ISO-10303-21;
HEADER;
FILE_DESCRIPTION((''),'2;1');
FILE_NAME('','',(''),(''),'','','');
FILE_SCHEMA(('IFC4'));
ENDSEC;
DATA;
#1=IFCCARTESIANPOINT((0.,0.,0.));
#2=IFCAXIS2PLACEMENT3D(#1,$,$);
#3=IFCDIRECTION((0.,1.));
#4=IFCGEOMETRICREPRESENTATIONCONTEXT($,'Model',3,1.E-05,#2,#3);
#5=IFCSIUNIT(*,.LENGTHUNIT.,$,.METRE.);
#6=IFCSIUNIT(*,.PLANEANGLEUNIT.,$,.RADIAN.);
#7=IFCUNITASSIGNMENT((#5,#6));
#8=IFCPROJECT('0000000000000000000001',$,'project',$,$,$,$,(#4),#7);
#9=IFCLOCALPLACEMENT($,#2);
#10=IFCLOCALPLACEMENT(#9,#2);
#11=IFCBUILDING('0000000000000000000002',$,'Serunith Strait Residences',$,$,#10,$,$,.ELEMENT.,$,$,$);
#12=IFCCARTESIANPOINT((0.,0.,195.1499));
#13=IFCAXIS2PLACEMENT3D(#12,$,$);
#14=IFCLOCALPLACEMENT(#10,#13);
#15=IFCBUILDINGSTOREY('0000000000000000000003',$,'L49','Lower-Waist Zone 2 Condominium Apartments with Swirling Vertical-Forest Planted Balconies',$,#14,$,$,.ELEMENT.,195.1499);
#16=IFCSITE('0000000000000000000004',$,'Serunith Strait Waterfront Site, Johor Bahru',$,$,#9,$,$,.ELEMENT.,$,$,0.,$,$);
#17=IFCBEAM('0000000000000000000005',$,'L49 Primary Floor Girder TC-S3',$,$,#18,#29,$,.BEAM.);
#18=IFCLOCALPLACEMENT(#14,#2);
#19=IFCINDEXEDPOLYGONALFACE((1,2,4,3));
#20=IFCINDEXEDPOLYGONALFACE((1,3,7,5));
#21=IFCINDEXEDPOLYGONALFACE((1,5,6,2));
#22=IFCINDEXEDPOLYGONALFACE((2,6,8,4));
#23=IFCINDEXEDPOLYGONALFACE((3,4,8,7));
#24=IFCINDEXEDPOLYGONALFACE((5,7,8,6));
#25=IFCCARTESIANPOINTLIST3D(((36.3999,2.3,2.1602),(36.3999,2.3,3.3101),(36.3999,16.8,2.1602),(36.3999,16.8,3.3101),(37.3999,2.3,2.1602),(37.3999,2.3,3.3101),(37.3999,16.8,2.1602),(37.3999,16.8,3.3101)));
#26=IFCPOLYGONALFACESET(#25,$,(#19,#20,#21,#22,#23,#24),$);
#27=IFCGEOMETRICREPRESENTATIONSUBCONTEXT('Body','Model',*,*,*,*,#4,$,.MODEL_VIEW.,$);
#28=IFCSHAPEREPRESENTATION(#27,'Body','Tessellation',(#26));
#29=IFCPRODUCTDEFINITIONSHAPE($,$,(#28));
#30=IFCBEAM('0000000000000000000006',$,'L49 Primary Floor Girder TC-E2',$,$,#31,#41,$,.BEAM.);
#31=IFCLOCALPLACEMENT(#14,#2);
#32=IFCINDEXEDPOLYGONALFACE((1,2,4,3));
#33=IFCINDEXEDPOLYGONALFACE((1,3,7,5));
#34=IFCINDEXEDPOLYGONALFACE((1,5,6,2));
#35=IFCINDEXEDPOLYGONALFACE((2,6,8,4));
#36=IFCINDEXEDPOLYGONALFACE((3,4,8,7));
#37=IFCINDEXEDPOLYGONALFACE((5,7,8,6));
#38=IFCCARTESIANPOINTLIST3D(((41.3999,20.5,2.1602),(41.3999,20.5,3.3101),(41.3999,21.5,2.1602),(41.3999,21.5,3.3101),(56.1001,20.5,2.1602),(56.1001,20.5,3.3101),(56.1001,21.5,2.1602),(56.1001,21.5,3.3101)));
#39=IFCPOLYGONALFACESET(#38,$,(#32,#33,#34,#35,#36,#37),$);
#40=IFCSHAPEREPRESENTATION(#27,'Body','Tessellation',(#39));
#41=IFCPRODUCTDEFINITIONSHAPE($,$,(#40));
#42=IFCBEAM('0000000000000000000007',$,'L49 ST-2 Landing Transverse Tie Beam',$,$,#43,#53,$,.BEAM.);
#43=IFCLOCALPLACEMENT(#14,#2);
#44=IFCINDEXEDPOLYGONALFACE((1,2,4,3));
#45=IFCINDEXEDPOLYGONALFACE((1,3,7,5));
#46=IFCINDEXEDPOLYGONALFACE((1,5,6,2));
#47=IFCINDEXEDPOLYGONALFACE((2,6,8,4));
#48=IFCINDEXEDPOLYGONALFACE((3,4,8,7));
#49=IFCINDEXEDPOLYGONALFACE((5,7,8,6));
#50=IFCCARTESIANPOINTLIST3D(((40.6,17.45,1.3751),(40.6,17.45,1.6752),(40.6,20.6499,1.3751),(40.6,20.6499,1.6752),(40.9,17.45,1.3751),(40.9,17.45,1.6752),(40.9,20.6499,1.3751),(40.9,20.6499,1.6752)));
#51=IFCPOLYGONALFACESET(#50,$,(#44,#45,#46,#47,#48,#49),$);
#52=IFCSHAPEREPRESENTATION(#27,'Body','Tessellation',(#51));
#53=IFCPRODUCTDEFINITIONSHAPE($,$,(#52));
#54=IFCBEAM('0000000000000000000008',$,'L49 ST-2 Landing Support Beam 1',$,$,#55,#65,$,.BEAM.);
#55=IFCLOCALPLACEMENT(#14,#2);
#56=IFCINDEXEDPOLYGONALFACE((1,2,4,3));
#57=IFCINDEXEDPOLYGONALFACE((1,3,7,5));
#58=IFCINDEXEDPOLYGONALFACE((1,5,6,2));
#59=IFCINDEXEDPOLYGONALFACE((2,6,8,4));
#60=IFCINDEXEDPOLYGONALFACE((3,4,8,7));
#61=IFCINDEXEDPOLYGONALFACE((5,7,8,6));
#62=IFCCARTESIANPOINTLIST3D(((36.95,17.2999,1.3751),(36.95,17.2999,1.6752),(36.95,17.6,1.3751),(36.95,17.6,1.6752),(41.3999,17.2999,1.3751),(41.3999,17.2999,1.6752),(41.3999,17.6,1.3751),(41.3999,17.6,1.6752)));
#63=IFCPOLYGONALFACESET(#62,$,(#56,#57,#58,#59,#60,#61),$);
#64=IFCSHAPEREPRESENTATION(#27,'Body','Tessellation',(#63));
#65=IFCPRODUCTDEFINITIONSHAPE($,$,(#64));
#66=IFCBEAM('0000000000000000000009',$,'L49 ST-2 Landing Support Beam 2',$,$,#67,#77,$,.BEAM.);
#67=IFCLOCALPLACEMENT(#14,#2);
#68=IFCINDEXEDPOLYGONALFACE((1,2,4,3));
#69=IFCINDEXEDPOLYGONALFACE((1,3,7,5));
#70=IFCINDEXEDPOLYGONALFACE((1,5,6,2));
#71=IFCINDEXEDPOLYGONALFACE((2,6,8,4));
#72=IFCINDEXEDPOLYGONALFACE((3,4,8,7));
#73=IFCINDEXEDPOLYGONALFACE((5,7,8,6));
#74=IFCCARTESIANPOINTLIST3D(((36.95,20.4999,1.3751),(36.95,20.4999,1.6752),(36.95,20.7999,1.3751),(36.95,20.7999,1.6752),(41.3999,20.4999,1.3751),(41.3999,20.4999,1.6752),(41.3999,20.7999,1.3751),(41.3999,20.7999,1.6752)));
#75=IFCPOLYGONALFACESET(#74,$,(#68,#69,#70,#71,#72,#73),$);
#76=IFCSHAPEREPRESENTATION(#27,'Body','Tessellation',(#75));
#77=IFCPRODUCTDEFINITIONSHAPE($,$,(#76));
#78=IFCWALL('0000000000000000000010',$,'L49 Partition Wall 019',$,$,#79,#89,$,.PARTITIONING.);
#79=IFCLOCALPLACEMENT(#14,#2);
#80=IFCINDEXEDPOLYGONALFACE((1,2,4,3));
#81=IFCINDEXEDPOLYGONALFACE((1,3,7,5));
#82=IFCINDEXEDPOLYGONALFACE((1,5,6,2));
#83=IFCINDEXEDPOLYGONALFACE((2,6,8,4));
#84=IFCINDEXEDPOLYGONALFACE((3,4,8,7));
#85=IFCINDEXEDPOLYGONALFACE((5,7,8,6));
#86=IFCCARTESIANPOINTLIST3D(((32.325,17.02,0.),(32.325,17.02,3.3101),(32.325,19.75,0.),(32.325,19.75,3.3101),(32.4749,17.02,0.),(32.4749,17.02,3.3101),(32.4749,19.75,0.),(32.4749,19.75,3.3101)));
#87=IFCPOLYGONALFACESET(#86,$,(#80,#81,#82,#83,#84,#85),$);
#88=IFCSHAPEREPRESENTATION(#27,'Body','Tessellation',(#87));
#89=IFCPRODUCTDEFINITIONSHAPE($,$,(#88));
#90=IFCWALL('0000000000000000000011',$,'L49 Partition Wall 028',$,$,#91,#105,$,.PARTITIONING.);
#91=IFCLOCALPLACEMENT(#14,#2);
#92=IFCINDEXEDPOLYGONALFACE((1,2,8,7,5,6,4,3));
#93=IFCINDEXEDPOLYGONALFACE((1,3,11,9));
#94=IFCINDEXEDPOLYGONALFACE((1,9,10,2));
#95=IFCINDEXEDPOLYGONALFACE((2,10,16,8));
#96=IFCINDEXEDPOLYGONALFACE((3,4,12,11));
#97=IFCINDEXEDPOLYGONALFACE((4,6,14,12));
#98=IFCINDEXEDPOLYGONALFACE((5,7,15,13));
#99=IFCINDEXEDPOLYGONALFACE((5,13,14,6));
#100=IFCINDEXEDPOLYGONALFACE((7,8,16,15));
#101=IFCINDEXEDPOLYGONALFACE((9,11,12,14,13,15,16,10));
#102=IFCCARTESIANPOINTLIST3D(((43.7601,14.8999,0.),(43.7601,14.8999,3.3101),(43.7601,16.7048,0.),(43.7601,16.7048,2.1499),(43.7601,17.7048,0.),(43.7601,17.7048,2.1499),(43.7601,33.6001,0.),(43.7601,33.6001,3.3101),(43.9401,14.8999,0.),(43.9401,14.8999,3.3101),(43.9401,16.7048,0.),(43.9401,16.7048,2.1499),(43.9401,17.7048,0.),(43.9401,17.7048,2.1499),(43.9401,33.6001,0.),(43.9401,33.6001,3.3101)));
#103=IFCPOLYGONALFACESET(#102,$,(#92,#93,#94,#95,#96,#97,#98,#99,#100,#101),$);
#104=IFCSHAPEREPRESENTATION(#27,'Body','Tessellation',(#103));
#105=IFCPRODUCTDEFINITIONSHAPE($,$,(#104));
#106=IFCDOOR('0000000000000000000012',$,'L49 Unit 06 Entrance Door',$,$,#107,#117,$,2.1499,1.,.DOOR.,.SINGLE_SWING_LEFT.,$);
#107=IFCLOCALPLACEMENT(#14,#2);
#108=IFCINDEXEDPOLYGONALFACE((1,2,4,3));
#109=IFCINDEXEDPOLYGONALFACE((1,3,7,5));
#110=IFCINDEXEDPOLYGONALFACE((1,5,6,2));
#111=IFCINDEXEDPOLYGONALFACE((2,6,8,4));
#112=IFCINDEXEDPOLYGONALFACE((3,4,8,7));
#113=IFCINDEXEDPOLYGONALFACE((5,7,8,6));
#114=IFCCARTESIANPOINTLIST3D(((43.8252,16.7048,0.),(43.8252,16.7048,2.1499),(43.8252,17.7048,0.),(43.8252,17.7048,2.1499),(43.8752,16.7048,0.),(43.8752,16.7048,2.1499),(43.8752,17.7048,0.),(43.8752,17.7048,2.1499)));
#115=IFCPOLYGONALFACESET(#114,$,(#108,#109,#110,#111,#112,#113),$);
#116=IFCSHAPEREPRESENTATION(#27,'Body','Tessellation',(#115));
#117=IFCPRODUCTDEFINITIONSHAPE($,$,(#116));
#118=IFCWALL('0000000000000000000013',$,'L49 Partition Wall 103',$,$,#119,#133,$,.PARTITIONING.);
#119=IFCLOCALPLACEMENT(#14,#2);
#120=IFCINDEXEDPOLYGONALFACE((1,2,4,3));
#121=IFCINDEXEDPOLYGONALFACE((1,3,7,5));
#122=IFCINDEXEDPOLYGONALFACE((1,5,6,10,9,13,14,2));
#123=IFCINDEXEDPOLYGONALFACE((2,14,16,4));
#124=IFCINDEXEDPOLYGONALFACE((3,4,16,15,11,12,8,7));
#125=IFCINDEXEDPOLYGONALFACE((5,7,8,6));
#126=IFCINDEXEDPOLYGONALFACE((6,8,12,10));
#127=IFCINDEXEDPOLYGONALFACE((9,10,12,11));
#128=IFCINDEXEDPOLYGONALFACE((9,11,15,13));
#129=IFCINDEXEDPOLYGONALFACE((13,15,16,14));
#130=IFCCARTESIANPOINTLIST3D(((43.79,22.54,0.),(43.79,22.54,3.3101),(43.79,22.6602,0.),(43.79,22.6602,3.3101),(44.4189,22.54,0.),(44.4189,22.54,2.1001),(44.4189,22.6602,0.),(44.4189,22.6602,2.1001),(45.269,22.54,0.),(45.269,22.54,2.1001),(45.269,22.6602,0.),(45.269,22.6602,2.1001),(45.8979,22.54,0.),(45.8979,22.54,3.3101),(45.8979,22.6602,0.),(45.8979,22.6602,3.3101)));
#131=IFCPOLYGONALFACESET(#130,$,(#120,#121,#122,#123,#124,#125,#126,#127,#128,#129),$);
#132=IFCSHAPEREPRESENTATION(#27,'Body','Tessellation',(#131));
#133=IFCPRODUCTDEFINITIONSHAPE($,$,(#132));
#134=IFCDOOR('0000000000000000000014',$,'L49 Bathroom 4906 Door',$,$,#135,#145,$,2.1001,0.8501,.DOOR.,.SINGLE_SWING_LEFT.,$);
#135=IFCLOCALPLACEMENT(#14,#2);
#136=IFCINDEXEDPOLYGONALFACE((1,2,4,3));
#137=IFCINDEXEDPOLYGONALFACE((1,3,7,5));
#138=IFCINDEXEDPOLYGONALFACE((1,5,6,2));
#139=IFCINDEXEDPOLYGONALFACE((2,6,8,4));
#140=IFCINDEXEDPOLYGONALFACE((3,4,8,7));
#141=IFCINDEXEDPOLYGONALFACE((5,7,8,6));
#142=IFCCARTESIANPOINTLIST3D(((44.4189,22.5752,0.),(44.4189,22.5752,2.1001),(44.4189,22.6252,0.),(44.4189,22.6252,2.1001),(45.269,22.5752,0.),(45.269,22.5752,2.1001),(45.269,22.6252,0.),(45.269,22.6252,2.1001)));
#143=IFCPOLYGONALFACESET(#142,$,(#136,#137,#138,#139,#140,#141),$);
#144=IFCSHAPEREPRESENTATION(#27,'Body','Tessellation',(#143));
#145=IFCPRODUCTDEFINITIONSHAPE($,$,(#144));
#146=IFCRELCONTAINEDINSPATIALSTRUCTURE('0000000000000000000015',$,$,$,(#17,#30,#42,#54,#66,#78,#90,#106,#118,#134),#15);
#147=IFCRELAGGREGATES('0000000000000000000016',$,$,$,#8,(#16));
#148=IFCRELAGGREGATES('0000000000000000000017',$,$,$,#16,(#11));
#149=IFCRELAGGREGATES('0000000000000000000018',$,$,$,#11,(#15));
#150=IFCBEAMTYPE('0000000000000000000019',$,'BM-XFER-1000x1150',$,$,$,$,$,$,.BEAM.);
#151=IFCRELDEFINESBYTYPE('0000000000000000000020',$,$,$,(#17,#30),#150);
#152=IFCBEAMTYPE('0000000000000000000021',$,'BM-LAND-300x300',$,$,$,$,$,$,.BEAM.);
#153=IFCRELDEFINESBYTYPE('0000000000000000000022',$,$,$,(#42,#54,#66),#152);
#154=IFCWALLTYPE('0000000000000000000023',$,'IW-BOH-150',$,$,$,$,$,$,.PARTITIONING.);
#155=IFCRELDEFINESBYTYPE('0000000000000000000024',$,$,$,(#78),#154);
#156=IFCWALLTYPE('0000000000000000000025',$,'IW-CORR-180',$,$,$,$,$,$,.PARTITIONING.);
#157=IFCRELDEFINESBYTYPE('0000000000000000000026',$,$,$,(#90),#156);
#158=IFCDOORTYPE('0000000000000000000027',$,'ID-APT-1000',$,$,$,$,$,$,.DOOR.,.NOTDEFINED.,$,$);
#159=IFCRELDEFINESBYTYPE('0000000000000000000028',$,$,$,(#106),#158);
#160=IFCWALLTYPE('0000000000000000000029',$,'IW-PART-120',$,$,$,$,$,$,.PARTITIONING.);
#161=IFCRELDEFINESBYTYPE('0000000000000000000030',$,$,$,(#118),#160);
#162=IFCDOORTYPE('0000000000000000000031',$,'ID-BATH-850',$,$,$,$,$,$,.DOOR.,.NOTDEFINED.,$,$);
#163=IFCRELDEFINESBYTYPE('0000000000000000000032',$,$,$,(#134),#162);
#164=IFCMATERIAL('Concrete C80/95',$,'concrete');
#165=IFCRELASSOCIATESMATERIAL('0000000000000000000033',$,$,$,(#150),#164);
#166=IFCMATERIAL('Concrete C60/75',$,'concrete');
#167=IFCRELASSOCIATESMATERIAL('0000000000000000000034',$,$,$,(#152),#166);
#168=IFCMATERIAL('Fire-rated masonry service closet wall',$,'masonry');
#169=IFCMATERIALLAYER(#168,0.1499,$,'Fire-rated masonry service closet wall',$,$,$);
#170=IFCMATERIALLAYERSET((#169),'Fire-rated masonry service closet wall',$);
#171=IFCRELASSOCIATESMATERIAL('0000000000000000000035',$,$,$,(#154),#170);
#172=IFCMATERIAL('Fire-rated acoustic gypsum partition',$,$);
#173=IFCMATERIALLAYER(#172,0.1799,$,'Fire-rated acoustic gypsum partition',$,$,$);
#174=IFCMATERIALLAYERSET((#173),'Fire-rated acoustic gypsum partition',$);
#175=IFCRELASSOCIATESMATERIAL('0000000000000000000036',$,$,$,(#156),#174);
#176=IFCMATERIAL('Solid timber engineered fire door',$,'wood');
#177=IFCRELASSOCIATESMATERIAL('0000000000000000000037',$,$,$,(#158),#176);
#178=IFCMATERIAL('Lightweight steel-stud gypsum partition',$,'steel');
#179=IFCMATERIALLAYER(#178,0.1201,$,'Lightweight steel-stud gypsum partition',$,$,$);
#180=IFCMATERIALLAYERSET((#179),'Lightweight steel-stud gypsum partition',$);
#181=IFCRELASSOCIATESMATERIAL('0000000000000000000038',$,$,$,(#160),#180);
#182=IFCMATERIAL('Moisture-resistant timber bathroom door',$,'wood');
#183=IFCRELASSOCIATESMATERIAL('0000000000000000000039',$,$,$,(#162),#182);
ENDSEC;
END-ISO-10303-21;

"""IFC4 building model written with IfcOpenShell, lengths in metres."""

from ifc_helpers import new_model, si_unit, direction, frame, frame_2d, origin, origin_2d, place, context, subcontext, project, spatial, rectangle, extrude, source, transform, mapped, material, layer, layer_set, material_profile, profile_set, type_object, element, fill, save


model = new_model("IFC4")

# Units and contexts
model_context = context("Model", 3, precision=1e-05, world=origin(), true_north=direction((0.0, 1.0)))
body_context = subcontext(model_context, "Body", "Model", "MODEL_VIEW")
ifc_project = project(units=[si_unit("LENGTHUNIT", "METRE"), si_unit("PLANEANGLEUNIT", "RADIAN")], contexts=[model_context])

# Site, building, storey
site_placement = place(None, origin())
site = spatial("IfcSite", under=ifc_project, at=site_placement, Name="Serunith Strait Waterfront Site, Johor Bahru", CompositionType="ELEMENT", RefElevation=0.0)
building_placement = place(site_placement, origin())
building = spatial("IfcBuilding", under=site, at=building_placement, Name="Serunith Strait Residences", CompositionType="ELEMENT")
storey_placement = place(building_placement, frame((0.0, 0.0, 195.1499)))
storey = spatial("IfcBuildingStorey", under=building, at=storey_placement, Name="L49", Description="Lower-Waist Zone 2 Condominium Apartments with Swirling Vertical-Forest Planted Balconies", CompositionType="ELEMENT", Elevation=195.1499)

# Beams
ifc_material_1 = material(Name="Concrete C80/95", Category="concrete")
ifc_material_profile_1 = material_profile(ifc_material_1, rectangle(XDim=1.0, YDim=1.1499, at=origin_2d()), Name="RC 1000x1150")
ifc_profile_set_1 = profile_set([ifc_material_profile_1], Name="Concrete C80/95")
beam_type_1 = type_object("IfcBeamType", Name="BM-XFER-1000x1150", PredefinedType="BEAM", material=ifc_profile_set_1)
shared_shape_1 = source(origin(), body_context, "Body", "SweptSolid", [
    extrude(rectangle(XDim=1.0, YDim=1.1499, at=origin_2d()), origin(), (0.0, 0.0, 1.0), 14.5),
])
beam_1_placement = place(storey_placement, frame((36.8999, 16.8, 2.7351), z_axis=(0.0, -1.0, 0.0), x_axis=(1.0, 0.0, 0.0)))
element("IfcBeam", 1, at=beam_1_placement, inside=storey, type_object=beam_type_1, Name="L49 Primary Floor Girder TC-S3", PredefinedType="BEAM", context=body_context, shape_type="MappedRepresentation", body=[
    mapped(shared_shape_1, transform((0.0, 0.0, 0.0), scale=1.0)),
])
shared_shape_2 = source(origin(), body_context, "Body", "SweptSolid", [
    extrude(rectangle(XDim=1.0, YDim=1.1499, at=origin_2d()), origin(), (0.0, 0.0, 1.0), 14.7002),
])
beam_2_placement = place(storey_placement, frame((41.3999, 21.0, 2.7351), z_axis=(1.0, 0.0, 0.0), x_axis=(0.0, 1.0, 0.0)))
element("IfcBeam", 2, at=beam_2_placement, inside=storey, type_object=beam_type_1, Name="L49 Primary Floor Girder TC-E2", PredefinedType="BEAM", context=body_context, shape_type="MappedRepresentation", body=[
    mapped(shared_shape_2, transform((0.0, 0.0, 0.0), scale=1.0)),
])
ifc_material_2 = material(Name="Concrete C60/75", Category="concrete")
ifc_material_profile_2 = material_profile(ifc_material_2, rectangle(XDim=0.3, YDim=0.3, at=origin_2d()), Name="RC 300x300")
ifc_profile_set_2 = profile_set([ifc_material_profile_2], Name="Concrete C60/75")
beam_type_2 = type_object("IfcBeamType", Name="BM-LAND-300x300", PredefinedType="BEAM", material=ifc_profile_set_2)
shared_shape_3 = source(origin(), body_context, "Body", "SweptSolid", [
    extrude(rectangle(XDim=0.3, YDim=0.3, at=origin_2d()), origin(), (0.0, 0.0, 1.0), 3.2),
])
beam_3_placement = place(storey_placement, frame((40.75, 17.45, 1.5251), z_axis=(0.0, 1.0, 0.0), x_axis=(-1.0, 0.0, 0.0)))
element("IfcBeam", 3, at=beam_3_placement, inside=storey, type_object=beam_type_2, Name="L49 ST-2 Landing Transverse Tie Beam", PredefinedType="BEAM", context=body_context, shape_type="MappedRepresentation", body=[
    mapped(shared_shape_3, transform((0.0, 0.0, 0.0), scale=1.0)),
])
shared_shape_4 = source(origin(), body_context, "Body", "SweptSolid", [
    extrude(rectangle(XDim=0.3, YDim=0.3, at=origin_2d()), origin(), (0.0, 0.0, 1.0), 4.45),
])
for number, where, z_axis, x_axis, name in (
    (4, (36.95, 17.45, 1.5251), (1.0, 0.0, 0.0), (0.0, 1.0, 0.0), "L49 ST-2 Landing Support Beam 1"),
    (5, (36.95, 20.6499, 1.5251), (1.0, 0.0, 0.0), (0.0, 1.0, 0.0), "L49 ST-2 Landing Support Beam 2"),
):
    element("IfcBeam", number, at=place(storey_placement, frame(where, z_axis=z_axis, x_axis=x_axis)), inside=storey, type_object=beam_type_2, Name=name, PredefinedType="BEAM", context=body_context, shape_type="MappedRepresentation", body=[
        mapped(shared_shape_4, transform((0.0, 0.0, 0.0), scale=1.0)),
    ])

# Wall
ifc_material_3 = material(Name="Fire-rated masonry service closet wall", Category="masonry")
ifc_layer_1 = layer(ifc_material_3, 0.1499, Name="Fire-rated masonry service closet wall")
ifc_layer_set_1 = layer_set([ifc_layer_1], Name="Fire-rated masonry service closet wall")
wall_type_1 = type_object("IfcWallType", Name="IW-BOH-150", PredefinedType="PARTITIONING", material=ifc_layer_set_1)
wall_1_placement = place(storey_placement, frame((32.3999, 17.02, 0.0), z_axis=(0.0, 0.0, 1.0), x_axis=(0.0, 1.0, 0.0)))
element("IfcWall", 6, at=wall_1_placement, inside=storey, type_object=wall_type_1, Name="L49 Partition Wall 019", PredefinedType="PARTITIONING", context=body_context, shape_type="SweptSolid", body=[
    extrude(rectangle(XDim=2.73, YDim=0.1499, at=frame_2d((1.365, 0.0))), origin(), (0.0, 0.0, 1.0), 3.3101),
])

# Walls, openings, doors
ifc_material_4 = material(Name="Fire-rated acoustic gypsum partition")
ifc_layer_2 = layer(ifc_material_4, 0.1799, Name="Fire-rated acoustic gypsum partition")
ifc_layer_set_2 = layer_set([ifc_layer_2], Name="Fire-rated acoustic gypsum partition")
wall_type_2 = type_object("IfcWallType", Name="IW-CORR-180", PredefinedType="PARTITIONING", material=ifc_layer_set_2)
wall_2_placement = place(storey_placement, frame((43.8501, 14.8999, 0.0), z_axis=(0.0, 0.0, 1.0), x_axis=(0.0, 1.0, 0.0)))
wall_2 = element("IfcWall", 7, at=wall_2_placement, inside=storey, type_object=wall_type_2, Name="L49 Partition Wall 028", PredefinedType="PARTITIONING", context=body_context, shape_type="SweptSolid", body=[
    extrude(rectangle(XDim=18.7002, YDim=0.1799, at=frame_2d((9.3501, 0.0))), origin(), (0.0, 0.0, 1.0), 3.3101),
])
opening_1_placement = place(wall_2_placement, frame((1.8049, 0.0, 0.0)))
opening_1 = element("IfcOpeningElement", 8, at=opening_1_placement, cuts=wall_2, PredefinedType="OPENING", context=body_context, shape_type="SweptSolid", body=[
    extrude(rectangle(XDim=1.0, YDim=2.1499, at=frame_2d((0.5, 1.075))), frame((0.0, 0.1001, 0.0), z_axis=(0.0, -1.0, 0.0), x_axis=(1.0, 0.0, 0.0)), (0.0, 0.0, 1.0), 0.2),
])
ifc_material_5 = material(Name="Solid timber engineered fire door", Category="wood")
door_type_1 = type_object("IfcDoorType", Name="ID-APT-1000", OperationType="NOTDEFINED", PredefinedType="DOOR", material=ifc_material_5)
shared_shape_5 = source(origin(), body_context, "Body", "SweptSolid", [
    extrude(rectangle(XDim=1.0, YDim=2.1499, at=frame_2d((0.5, 1.075))), frame((0.0, 0.0249, 0.0), z_axis=(0.0, -1.0, 0.0), x_axis=(1.0, 0.0, 0.0)), (0.0, 0.0, 1.0), 0.05),
])
door_1_placement = place(opening_1_placement, origin())
door_1 = element("IfcDoor", 9, at=door_1_placement, inside=storey, type_object=door_type_1, Name="L49 Unit 06 Entrance Door", OperationType="SINGLE_SWING_LEFT", OverallHeight=2.1499, OverallWidth=1.0, PredefinedType="DOOR", context=body_context, shape_type="MappedRepresentation", body=[
    mapped(shared_shape_5, transform((0.0, 0.0, 0.0), scale=1.0)),
])
fill(opening_1, door_1)
ifc_material_6 = material(Name="Lightweight steel-stud gypsum partition", Category="steel")
ifc_layer_3 = layer(ifc_material_6, 0.1201, Name="Lightweight steel-stud gypsum partition")
ifc_layer_set_3 = layer_set([ifc_layer_3], Name="Lightweight steel-stud gypsum partition")
wall_type_3 = type_object("IfcWallType", Name="IW-PART-120", PredefinedType="PARTITIONING", material=ifc_layer_set_3)
wall_3_placement = place(storey_placement, frame((45.8979, 22.6001, 0.0), z_axis=(0.0, 0.0, 1.0), x_axis=(-1.0, 0.0, 0.0)))
wall_3 = element("IfcWall", 10, at=wall_3_placement, inside=storey, type_object=wall_type_3, Name="L49 Partition Wall 103", PredefinedType="PARTITIONING", context=body_context, shape_type="SweptSolid", body=[
    extrude(rectangle(XDim=2.1079, YDim=0.1201, at=frame_2d((1.054, 0.0))), origin(), (0.0, 0.0, 1.0), 3.3101),
])
opening_2_placement = place(wall_3_placement, frame((0.6289, 0.0, 0.0)))
opening_2 = element("IfcOpeningElement", 11, at=opening_2_placement, cuts=wall_3, PredefinedType="OPENING", context=body_context, shape_type="SweptSolid", body=[
    extrude(rectangle(XDim=0.8501, YDim=2.1001, at=frame_2d((0.425, 1.05))), frame((0.0, 0.0701, 0.0), z_axis=(0.0, -1.0, 0.0), x_axis=(1.0, 0.0, 0.0)), (0.0, 0.0, 1.0), 0.1401),
])
ifc_material_7 = material(Name="Moisture-resistant timber bathroom door", Category="wood")
door_type_2 = type_object("IfcDoorType", Name="ID-BATH-850", OperationType="NOTDEFINED", PredefinedType="DOOR", material=ifc_material_7)
shared_shape_6 = source(origin(), body_context, "Body", "SweptSolid", [
    extrude(rectangle(XDim=0.8501, YDim=2.1001, at=frame_2d((0.425, 1.05))), frame((0.0, 0.0249, 0.0), z_axis=(0.0, -1.0, 0.0), x_axis=(1.0, 0.0, 0.0)), (0.0, 0.0, 1.0), 0.05),
])
door_2_placement = place(opening_2_placement, origin())
door_2 = element("IfcDoor", 12, at=door_2_placement, inside=storey, type_object=door_type_2, Name="L49 Bathroom 4906 Door", OperationType="SINGLE_SWING_LEFT", OverallHeight=2.1001, OverallWidth=0.8501, PredefinedType="DOOR", context=body_context, shape_type="MappedRepresentation", body=[
    mapped(shared_shape_6, transform((0.0, 0.0, 0.0), scale=1.0)),
])
fill(opening_2, door_2)

save(model, "model.ifc")
